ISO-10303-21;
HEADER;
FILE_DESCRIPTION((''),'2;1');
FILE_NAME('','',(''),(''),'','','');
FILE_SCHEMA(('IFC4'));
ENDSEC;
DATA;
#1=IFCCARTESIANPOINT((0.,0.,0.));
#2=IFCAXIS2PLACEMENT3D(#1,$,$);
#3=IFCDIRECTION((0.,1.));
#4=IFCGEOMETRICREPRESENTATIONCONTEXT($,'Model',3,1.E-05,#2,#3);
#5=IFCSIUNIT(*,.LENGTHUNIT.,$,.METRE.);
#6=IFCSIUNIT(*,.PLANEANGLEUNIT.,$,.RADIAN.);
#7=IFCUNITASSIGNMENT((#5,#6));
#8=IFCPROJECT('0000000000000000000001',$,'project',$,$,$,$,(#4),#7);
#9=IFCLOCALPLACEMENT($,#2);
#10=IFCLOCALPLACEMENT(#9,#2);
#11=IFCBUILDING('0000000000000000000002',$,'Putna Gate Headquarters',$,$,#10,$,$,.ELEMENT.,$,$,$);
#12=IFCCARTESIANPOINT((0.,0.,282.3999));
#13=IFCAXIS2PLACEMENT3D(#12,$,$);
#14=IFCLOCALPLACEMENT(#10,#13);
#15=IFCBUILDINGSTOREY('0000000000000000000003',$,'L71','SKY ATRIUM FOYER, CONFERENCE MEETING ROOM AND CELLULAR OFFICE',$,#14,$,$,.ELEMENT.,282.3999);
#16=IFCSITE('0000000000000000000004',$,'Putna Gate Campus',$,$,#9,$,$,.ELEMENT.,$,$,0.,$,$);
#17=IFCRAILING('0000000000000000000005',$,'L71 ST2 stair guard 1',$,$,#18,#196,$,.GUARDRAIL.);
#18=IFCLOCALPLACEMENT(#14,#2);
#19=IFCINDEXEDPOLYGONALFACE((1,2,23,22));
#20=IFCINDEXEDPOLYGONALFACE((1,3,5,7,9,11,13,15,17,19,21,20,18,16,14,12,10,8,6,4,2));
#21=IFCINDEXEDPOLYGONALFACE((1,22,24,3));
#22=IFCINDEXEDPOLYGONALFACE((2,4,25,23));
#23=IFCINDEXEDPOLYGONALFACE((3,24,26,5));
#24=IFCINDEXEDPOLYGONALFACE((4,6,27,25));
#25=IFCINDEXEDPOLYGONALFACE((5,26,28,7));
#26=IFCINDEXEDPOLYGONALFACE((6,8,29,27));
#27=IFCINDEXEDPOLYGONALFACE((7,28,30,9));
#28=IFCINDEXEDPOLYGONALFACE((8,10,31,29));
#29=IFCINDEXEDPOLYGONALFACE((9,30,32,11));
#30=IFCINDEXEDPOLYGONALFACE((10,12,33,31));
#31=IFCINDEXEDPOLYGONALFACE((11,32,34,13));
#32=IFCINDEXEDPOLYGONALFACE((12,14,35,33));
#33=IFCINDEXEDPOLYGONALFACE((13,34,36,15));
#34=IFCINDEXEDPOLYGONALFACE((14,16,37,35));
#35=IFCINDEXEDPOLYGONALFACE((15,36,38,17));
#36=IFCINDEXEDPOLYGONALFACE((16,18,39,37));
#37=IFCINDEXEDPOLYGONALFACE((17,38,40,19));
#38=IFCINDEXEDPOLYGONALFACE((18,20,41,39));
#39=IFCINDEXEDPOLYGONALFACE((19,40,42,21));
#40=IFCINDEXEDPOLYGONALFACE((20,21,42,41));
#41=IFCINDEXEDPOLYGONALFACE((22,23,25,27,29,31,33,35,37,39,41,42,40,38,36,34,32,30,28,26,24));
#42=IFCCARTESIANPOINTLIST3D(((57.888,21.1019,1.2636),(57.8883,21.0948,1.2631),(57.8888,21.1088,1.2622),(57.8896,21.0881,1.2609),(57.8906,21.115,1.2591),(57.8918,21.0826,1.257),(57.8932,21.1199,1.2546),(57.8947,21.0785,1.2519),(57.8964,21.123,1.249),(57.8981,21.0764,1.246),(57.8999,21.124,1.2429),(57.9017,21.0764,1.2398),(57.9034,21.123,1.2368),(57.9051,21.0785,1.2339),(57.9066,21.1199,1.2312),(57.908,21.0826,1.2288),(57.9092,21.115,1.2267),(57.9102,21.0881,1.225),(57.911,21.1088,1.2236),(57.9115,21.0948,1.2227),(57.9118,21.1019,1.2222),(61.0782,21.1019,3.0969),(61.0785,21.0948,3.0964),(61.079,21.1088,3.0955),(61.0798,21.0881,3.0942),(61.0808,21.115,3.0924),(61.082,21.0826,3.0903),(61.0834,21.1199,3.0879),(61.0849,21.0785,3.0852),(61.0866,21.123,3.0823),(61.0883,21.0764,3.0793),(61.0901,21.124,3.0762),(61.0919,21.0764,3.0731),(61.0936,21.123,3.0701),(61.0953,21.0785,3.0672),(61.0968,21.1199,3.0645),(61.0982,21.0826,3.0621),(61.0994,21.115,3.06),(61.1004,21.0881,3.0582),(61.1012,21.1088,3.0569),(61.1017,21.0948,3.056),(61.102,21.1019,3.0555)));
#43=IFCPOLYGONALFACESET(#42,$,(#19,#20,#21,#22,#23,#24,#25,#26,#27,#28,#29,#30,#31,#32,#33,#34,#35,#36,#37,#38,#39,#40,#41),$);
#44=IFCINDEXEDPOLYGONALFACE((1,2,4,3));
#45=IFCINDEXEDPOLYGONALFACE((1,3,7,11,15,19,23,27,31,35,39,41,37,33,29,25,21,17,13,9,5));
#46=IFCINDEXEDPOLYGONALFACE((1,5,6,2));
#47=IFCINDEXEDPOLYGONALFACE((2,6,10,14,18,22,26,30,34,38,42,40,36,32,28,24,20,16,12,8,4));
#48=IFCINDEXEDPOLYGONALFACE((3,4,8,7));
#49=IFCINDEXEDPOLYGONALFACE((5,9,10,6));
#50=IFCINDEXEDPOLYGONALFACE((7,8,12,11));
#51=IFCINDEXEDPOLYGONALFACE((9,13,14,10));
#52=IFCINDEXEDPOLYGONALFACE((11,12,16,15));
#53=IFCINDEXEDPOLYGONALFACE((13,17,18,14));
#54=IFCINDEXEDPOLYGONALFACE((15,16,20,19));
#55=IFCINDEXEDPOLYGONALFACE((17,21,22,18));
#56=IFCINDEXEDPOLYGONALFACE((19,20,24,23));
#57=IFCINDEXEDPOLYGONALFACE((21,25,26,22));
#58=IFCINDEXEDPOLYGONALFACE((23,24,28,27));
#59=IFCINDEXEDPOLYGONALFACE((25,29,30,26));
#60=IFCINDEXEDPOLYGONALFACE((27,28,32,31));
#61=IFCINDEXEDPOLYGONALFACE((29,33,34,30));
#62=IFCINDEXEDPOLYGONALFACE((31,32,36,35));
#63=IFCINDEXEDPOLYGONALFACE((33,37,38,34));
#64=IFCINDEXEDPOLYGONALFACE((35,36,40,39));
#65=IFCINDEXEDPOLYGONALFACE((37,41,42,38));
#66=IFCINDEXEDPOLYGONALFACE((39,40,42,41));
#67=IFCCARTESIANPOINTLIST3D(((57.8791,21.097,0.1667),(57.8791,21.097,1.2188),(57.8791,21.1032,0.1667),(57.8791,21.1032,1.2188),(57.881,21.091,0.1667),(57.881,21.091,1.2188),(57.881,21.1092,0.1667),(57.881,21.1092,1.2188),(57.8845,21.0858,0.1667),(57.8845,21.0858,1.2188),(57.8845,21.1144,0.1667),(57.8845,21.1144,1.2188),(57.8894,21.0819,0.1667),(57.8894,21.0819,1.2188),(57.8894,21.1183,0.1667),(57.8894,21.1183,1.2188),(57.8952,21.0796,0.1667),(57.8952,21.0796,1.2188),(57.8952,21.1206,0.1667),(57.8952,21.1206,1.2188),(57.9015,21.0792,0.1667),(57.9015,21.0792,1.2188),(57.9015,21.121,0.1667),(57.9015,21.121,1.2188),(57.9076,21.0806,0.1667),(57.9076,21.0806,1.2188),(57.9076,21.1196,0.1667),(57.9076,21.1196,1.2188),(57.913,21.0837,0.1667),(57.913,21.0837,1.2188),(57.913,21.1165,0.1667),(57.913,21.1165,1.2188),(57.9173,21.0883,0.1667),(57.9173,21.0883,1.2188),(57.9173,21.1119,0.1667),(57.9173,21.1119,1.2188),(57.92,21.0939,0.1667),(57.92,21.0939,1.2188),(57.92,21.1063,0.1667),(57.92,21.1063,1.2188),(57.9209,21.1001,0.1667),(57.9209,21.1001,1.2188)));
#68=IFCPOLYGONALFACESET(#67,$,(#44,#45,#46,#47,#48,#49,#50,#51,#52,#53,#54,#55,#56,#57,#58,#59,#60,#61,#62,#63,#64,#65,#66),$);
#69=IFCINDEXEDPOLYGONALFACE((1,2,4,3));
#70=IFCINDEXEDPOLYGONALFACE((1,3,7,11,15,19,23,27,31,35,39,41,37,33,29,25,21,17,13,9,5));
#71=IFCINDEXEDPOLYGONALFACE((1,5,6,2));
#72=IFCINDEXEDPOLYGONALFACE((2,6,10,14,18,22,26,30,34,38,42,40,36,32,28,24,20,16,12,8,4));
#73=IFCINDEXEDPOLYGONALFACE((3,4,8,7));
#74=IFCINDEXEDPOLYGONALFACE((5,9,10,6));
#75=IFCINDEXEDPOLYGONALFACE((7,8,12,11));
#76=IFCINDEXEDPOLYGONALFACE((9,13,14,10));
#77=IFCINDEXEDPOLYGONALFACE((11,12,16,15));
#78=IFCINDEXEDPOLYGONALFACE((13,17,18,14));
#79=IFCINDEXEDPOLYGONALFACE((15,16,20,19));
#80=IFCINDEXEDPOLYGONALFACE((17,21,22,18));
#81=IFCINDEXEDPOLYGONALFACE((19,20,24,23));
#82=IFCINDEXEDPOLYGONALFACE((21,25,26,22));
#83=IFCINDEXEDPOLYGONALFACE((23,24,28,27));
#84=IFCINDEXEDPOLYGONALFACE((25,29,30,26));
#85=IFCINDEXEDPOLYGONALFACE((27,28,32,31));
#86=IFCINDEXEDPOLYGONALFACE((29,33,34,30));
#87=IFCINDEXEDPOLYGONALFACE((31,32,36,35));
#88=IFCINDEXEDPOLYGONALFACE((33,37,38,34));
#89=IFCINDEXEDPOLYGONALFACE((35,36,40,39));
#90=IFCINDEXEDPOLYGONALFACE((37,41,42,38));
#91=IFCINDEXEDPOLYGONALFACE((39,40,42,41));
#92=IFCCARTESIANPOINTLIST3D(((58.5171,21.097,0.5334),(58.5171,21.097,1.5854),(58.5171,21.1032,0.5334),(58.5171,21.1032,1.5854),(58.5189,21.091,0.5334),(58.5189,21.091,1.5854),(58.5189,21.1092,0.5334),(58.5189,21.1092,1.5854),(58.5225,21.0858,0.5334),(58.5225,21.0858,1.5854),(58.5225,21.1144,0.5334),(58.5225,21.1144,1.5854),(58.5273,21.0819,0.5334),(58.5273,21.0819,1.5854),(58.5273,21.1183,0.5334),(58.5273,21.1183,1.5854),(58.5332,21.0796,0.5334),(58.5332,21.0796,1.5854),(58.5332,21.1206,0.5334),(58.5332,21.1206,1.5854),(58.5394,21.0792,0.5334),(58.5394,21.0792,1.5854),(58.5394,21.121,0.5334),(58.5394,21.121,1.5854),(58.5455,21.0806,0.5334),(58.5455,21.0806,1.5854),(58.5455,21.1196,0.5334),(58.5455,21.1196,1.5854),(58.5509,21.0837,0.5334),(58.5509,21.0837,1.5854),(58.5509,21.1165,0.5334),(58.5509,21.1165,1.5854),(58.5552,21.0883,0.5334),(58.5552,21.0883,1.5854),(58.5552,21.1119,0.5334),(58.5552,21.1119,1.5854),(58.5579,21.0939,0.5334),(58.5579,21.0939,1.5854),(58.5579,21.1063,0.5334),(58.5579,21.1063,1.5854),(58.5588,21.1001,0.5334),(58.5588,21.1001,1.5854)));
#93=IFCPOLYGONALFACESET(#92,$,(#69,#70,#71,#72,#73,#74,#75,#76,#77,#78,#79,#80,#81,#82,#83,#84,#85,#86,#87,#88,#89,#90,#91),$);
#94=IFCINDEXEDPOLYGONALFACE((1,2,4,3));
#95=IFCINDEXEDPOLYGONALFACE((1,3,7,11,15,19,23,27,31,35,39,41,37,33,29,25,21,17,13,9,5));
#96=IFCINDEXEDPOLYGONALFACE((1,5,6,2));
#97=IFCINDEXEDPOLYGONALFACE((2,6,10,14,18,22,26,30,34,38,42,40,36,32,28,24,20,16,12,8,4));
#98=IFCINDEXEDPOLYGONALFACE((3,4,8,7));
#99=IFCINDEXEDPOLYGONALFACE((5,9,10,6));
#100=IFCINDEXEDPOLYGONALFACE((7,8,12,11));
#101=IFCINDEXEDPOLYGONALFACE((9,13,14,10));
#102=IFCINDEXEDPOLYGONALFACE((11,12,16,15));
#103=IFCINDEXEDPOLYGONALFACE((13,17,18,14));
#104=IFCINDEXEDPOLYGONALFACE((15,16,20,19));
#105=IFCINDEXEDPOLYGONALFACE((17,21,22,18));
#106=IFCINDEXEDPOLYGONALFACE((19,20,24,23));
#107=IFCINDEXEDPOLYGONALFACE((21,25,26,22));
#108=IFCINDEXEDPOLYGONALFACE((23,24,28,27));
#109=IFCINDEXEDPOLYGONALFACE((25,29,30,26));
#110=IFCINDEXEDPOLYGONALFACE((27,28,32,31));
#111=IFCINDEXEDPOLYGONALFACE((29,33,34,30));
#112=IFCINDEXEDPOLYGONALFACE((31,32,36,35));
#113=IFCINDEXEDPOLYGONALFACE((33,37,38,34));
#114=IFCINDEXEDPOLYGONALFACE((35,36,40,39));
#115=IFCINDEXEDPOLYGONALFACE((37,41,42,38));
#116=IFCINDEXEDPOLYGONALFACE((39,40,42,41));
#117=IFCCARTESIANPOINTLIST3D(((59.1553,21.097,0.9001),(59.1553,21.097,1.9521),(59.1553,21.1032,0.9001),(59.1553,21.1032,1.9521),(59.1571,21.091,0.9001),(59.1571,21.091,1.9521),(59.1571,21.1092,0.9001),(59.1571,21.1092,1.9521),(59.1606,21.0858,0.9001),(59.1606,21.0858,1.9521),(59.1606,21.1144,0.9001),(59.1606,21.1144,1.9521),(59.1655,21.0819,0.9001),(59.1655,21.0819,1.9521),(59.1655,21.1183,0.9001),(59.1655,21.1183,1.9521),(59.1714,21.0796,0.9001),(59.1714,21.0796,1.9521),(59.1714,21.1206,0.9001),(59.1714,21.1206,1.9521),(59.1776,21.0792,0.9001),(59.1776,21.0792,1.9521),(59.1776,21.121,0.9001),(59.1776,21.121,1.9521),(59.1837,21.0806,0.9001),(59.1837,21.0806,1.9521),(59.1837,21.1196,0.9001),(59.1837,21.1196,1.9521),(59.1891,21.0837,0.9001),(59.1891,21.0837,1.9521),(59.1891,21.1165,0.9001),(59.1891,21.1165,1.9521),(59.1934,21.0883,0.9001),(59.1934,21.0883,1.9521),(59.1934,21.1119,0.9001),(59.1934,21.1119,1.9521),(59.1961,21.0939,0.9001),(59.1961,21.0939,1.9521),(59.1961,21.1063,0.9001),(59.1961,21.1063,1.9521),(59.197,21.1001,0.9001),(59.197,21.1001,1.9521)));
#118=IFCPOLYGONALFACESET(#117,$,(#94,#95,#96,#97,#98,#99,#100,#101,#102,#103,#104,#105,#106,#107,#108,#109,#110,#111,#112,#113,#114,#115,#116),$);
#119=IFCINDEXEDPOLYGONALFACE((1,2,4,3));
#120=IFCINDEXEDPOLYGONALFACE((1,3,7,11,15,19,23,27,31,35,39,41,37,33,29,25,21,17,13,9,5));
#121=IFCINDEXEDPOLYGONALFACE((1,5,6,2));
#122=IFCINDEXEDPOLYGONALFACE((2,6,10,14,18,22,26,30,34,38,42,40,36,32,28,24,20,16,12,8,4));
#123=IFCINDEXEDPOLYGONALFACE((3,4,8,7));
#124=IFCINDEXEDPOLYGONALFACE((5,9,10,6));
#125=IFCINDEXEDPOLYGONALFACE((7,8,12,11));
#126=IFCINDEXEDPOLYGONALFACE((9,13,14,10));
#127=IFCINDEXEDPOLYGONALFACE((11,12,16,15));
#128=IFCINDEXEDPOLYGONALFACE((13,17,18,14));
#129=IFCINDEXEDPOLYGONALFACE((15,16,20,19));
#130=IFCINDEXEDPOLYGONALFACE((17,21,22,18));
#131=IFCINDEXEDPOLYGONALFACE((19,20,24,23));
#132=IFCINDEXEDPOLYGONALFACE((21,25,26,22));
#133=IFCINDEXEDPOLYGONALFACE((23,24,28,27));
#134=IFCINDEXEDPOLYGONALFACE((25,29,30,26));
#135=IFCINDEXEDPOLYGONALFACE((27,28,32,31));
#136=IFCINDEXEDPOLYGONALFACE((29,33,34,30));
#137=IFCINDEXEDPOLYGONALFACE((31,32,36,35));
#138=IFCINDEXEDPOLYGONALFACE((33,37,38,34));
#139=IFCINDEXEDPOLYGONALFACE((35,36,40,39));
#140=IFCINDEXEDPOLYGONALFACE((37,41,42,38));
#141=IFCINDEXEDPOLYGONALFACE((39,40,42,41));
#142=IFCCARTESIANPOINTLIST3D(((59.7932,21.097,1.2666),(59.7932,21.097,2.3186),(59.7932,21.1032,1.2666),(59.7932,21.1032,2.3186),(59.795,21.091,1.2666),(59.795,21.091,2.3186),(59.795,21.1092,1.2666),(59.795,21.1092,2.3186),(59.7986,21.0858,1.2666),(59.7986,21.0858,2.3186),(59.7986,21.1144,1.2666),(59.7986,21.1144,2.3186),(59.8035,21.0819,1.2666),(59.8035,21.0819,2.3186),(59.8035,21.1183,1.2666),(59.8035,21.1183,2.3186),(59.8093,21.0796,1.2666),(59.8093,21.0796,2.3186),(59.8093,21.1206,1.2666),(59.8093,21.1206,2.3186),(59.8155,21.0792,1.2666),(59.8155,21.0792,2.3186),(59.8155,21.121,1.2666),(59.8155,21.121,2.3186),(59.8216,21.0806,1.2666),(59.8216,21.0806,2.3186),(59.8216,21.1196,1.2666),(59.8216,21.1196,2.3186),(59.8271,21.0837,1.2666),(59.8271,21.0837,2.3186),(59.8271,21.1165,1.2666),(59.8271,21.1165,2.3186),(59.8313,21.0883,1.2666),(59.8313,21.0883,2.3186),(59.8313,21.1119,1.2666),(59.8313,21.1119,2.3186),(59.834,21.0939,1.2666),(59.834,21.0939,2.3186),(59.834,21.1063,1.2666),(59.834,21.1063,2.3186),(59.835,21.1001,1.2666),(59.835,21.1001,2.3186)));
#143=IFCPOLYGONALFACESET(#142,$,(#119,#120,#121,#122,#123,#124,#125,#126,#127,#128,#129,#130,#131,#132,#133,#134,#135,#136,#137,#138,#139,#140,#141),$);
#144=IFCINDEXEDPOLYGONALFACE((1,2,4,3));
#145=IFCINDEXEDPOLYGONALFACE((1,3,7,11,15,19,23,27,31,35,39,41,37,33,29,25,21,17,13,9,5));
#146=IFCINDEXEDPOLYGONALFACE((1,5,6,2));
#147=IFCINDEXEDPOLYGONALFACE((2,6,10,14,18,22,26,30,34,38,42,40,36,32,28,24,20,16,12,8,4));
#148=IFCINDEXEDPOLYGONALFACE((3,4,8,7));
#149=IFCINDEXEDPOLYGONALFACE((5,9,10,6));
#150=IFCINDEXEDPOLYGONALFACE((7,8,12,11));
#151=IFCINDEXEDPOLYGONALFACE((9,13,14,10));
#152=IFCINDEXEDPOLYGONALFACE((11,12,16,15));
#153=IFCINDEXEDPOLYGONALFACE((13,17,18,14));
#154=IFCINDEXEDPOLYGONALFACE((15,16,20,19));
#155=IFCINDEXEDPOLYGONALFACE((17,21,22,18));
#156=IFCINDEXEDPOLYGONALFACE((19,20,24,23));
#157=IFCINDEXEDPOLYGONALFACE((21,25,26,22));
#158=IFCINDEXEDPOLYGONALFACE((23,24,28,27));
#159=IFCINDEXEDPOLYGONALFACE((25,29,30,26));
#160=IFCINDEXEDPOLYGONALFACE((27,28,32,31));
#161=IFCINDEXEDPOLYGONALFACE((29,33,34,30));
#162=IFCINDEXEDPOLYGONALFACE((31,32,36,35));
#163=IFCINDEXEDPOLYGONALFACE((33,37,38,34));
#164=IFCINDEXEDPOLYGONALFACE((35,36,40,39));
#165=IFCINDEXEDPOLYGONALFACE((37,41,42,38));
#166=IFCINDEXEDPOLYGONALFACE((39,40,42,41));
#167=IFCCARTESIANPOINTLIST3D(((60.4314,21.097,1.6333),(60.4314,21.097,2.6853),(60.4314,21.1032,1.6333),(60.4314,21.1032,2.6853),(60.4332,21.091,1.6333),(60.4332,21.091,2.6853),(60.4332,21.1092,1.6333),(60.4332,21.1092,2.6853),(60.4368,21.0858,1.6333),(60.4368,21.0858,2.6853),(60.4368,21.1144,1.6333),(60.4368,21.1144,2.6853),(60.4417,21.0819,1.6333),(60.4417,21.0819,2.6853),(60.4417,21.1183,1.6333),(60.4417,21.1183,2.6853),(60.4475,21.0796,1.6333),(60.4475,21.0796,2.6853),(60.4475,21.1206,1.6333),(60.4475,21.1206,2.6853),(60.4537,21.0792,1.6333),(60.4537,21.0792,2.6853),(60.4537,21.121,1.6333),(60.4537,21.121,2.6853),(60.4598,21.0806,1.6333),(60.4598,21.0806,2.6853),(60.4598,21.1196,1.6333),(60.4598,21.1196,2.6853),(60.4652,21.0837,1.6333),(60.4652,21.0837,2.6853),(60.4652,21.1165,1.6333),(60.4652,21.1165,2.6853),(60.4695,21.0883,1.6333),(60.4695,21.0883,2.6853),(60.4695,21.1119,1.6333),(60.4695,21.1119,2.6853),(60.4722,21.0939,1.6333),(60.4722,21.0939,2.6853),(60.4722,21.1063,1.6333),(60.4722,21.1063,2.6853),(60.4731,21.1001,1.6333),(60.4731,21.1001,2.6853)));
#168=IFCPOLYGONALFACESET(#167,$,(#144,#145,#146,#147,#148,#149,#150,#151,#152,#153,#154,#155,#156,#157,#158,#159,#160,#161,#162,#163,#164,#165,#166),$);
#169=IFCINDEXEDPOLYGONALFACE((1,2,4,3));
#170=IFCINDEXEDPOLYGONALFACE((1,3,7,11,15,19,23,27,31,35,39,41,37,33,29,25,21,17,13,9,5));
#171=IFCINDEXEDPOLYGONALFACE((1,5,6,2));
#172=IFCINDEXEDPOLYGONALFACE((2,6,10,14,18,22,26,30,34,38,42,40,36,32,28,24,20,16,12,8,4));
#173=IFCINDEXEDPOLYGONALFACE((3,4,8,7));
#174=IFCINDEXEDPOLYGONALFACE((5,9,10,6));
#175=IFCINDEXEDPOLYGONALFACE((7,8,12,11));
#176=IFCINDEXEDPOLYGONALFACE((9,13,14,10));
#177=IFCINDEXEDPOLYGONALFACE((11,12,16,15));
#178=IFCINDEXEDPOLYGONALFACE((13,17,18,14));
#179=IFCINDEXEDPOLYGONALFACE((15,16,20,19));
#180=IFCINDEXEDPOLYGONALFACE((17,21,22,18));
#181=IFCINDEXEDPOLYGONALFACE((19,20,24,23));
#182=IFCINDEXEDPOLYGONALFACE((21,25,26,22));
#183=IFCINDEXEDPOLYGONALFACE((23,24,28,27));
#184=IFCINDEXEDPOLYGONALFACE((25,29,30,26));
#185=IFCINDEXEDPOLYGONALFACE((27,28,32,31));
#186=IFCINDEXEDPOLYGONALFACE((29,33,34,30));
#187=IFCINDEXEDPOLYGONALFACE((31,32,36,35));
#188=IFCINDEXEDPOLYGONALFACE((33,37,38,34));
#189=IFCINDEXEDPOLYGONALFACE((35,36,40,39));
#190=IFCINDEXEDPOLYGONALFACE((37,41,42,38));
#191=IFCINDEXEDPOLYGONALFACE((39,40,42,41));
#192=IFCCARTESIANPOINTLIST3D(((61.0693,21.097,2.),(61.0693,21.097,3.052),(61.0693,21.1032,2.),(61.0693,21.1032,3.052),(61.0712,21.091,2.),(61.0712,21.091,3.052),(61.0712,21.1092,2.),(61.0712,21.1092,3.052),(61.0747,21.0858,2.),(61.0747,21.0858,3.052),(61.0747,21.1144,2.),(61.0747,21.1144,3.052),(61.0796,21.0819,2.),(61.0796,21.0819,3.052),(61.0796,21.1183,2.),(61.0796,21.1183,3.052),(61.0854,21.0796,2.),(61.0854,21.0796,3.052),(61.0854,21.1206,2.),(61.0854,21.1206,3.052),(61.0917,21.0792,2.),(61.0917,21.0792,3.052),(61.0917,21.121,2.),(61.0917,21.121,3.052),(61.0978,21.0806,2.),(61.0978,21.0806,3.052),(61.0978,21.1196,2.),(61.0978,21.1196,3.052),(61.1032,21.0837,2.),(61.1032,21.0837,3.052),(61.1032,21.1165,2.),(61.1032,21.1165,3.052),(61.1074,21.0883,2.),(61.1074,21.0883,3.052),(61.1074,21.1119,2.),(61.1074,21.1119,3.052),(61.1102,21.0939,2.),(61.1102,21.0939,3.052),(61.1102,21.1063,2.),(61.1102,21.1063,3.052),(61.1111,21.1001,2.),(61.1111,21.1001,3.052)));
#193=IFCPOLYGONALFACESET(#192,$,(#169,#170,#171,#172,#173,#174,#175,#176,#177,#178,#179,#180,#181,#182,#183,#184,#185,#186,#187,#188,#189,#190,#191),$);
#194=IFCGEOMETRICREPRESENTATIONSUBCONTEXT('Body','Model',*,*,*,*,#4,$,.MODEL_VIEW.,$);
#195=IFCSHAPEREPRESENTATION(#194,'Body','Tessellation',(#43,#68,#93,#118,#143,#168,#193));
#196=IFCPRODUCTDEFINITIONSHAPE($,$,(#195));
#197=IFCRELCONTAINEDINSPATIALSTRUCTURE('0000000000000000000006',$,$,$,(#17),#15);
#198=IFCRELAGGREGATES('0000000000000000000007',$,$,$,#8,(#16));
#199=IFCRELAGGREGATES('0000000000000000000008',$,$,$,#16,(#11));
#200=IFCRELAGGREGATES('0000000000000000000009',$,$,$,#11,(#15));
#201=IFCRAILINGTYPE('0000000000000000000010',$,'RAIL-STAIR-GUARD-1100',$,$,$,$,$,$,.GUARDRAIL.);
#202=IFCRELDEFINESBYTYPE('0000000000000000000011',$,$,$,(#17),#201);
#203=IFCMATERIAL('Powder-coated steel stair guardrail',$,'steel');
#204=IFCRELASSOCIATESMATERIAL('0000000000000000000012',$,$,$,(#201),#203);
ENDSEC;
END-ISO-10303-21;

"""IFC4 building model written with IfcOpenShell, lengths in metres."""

from ifc_helpers import new_model, si_unit, direction, frame, origin, origin_2d, place, context, subcontext, project, spatial, circle, extrude, material, type_object, element, save


model = new_model("IFC4")

# Units and contexts
model_context = context("Model", 3, precision=1e-05, world=origin(), true_north=direction((0.0, 1.0)))
body_context = subcontext(model_context, "Body", "Model", "MODEL_VIEW")
ifc_project = project(units=[si_unit("LENGTHUNIT", "METRE"), si_unit("PLANEANGLEUNIT", "RADIAN")], contexts=[model_context])

# Site, building, storey
site_placement = place(None, origin())
site = spatial("IfcSite", under=ifc_project, at=site_placement, Name="Putna Gate Campus", CompositionType="ELEMENT", RefElevation=0.0)
building_placement = place(site_placement, origin())
building = spatial("IfcBuilding", under=site, at=building_placement, Name="Putna Gate Headquarters", CompositionType="ELEMENT")
storey_placement = place(building_placement, frame((0.0, 0.0, 282.3999)))
storey = spatial("IfcBuildingStorey", under=building, at=storey_placement, Name="L71", Description="SKY ATRIUM FOYER, CONFERENCE MEETING ROOM AND CELLULAR OFFICE", CompositionType="ELEMENT", Elevation=282.3999)

# Railing
ifc_material_1 = material(Name="Powder-coated steel stair guardrail", Category="steel")
railing_type_1 = type_object("IfcRailingType", Name="RAIL-STAIR-GUARD-1100", PredefinedType="GUARDRAIL", material=ifc_material_1)
railing_1_placement = place(storey_placement, frame((57.8999, 21.1001, 0.1667)))
element("IfcRailing", 1, at=railing_1_placement, inside=storey, type_object=railing_type_1, Name="L71 ST2 stair guard 1", PredefinedType="GUARDRAIL", context=body_context, shape_type="SweptSolid", body=[
    extrude(circle(Radius=0.0239, at=origin_2d()), frame((0.0, 0.0, 1.0762), z_axis=(0.867036, 0.0, 0.498245), x_axis=(0.0, 1.0, 0.0)), (0.0, 0.0, 1.0), 3.6794),
    extrude(circle(Radius=0.021, at=origin_2d()), origin(), (0.0, 0.0, 1.0), 1.052),
    extrude(circle(Radius=0.021, at=origin_2d()), frame((0.6379, 0.0, 0.3667)), (0.0, 0.0, 1.0), 1.052),
    extrude(circle(Radius=0.021, at=origin_2d()), frame((1.2761, 0.0, 0.7334)), (0.0, 0.0, 1.0), 1.052),
    extrude(circle(Radius=0.021, at=origin_2d()), frame((1.9141, 0.0, 1.0999)), (0.0, 0.0, 1.0), 1.052),
    extrude(circle(Radius=0.021, at=origin_2d()), frame((2.5522, 0.0, 1.4666)), (0.0, 0.0, 1.0), 1.052),
    extrude(circle(Radius=0.021, at=origin_2d()), frame((3.1902, 0.0, 1.8333)), (0.0, 0.0, 1.0), 1.052),
])

save(model, "model.ifc")
